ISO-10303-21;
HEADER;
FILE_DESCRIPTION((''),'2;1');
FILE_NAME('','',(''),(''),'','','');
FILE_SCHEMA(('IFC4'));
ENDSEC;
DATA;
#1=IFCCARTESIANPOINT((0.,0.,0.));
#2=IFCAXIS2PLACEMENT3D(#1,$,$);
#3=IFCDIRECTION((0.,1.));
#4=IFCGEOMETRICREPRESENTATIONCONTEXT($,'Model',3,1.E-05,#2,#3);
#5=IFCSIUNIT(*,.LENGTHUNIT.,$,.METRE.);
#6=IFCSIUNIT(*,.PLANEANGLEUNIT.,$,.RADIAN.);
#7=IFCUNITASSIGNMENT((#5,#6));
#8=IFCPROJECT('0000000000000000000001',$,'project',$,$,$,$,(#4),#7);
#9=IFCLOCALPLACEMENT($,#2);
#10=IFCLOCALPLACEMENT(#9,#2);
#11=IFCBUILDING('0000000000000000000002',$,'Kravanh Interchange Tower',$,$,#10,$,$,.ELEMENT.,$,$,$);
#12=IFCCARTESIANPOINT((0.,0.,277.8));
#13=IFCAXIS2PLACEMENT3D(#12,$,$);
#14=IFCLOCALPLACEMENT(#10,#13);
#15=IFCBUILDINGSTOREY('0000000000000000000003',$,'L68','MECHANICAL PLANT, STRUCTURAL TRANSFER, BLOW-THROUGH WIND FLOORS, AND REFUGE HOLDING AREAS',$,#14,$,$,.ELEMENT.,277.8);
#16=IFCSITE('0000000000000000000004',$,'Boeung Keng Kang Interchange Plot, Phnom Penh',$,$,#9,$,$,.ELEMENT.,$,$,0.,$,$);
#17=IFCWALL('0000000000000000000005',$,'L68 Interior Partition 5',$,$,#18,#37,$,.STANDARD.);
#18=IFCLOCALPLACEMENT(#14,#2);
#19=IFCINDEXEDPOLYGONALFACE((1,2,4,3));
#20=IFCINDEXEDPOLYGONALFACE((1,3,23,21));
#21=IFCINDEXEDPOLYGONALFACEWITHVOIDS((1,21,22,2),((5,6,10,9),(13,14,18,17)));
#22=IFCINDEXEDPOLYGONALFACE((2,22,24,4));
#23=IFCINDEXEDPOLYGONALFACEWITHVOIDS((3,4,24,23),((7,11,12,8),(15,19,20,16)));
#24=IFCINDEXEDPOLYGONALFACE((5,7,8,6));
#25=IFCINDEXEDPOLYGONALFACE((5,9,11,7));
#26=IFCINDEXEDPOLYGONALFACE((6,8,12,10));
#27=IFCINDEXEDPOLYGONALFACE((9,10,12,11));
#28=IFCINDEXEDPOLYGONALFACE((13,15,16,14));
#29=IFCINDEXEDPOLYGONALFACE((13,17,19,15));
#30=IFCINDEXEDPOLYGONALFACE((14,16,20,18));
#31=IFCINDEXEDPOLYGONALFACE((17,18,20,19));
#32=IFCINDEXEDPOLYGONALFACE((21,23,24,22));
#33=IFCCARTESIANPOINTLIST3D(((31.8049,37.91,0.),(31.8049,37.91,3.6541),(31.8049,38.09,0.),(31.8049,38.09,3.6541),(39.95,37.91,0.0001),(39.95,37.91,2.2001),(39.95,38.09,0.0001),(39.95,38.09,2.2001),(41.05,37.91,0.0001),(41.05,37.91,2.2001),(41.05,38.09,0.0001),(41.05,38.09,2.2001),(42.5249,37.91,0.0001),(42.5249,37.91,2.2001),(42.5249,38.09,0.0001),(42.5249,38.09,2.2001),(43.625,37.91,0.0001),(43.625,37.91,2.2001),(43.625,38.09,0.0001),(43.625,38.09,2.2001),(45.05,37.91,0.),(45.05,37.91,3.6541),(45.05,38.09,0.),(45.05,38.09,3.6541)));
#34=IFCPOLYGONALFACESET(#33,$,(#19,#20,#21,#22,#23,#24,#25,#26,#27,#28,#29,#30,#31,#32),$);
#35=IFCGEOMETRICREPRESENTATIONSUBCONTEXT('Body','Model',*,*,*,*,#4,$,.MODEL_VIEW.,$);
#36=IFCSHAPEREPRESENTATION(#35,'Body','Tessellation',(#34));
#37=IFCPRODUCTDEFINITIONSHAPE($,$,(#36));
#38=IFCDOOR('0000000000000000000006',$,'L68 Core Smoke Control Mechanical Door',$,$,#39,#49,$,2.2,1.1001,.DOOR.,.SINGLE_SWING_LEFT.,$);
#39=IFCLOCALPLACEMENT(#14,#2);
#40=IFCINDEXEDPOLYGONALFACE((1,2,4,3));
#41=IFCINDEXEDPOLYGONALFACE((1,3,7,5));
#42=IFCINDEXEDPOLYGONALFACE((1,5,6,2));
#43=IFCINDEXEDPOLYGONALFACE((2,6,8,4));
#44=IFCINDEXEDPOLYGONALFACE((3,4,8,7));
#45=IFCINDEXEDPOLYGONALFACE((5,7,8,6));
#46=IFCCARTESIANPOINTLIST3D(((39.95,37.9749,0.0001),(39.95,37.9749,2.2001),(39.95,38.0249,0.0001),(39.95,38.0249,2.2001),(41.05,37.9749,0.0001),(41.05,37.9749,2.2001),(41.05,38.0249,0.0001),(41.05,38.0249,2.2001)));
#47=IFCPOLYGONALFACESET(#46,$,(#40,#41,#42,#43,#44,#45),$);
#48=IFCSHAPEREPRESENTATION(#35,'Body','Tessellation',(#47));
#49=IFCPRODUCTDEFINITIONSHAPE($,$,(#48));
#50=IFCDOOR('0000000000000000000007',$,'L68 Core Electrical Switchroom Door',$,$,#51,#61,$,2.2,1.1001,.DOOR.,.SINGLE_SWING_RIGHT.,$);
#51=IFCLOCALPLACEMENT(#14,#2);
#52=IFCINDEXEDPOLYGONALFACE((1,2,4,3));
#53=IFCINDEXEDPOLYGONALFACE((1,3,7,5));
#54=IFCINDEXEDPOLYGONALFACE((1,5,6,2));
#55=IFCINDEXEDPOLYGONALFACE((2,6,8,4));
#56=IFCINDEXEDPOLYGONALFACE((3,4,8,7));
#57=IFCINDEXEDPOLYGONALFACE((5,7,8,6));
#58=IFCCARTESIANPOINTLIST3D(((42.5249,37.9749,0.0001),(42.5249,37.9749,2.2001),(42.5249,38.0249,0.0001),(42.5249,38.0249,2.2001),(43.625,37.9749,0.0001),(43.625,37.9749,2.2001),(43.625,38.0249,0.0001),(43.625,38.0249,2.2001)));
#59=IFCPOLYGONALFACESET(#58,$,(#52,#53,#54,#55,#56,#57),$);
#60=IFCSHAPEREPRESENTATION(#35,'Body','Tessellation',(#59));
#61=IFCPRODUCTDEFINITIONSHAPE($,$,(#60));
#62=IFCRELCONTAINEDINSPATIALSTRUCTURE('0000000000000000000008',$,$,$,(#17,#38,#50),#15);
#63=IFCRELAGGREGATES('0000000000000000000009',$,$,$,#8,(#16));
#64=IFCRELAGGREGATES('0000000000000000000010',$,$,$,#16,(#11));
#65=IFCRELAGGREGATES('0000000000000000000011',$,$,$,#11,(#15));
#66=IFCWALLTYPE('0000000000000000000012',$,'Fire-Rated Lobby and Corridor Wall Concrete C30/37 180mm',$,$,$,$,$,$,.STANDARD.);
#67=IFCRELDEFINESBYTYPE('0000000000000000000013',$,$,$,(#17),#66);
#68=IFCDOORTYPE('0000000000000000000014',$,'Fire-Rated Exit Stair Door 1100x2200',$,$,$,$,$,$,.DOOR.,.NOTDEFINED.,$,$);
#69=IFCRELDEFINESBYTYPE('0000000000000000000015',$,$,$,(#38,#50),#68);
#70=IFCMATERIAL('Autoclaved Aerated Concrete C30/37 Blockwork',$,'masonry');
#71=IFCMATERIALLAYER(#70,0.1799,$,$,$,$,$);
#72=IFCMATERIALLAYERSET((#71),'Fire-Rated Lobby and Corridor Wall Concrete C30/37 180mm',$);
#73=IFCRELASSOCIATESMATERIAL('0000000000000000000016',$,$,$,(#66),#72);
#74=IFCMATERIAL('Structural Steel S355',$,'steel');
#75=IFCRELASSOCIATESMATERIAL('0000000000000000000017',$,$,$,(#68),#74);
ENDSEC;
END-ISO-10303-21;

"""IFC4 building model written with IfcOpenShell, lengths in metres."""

from ifc_helpers import new_model, si_unit, direction, frame, frame_2d, origin, place, context, subcontext, project, spatial, rectangle, extrude, material, layer, layer_set, type_object, element, fill, save


model = new_model("IFC4")

# Units and contexts
model_context = context("Model", 3, precision=1e-05, world=origin(), true_north=direction((0.0, 1.0)))
body_context = subcontext(model_context, "Body", "Model", "MODEL_VIEW")
ifc_project = project(units=[si_unit("LENGTHUNIT", "METRE"), si_unit("PLANEANGLEUNIT", "RADIAN")], contexts=[model_context])

# Site, building, storey
site_placement = place(None, origin())
site = spatial("IfcSite", under=ifc_project, at=site_placement, Name="Boeung Keng Kang Interchange Plot, Phnom Penh", CompositionType="ELEMENT", RefElevation=0.0)
building_placement = place(site_placement, origin())
building = spatial("IfcBuilding", under=site, at=building_placement, Name="Kravanh Interchange Tower", CompositionType="ELEMENT")
storey_placement = place(building_placement, frame((0.0, 0.0, 277.8)))
storey = spatial("IfcBuildingStorey", under=building, at=storey_placement, Name="L68", Description="MECHANICAL PLANT, STRUCTURAL TRANSFER, BLOW-THROUGH WIND FLOORS, AND REFUGE HOLDING AREAS", CompositionType="ELEMENT", Elevation=277.8)

# Wall, openings, doors
ifc_material_1 = material(Name="Autoclaved Aerated Concrete C30/37 Blockwork", Category="masonry")
ifc_layer_1 = layer(ifc_material_1, 0.1799)
ifc_layer_set_1 = layer_set([ifc_layer_1], Name="Fire-Rated Lobby and Corridor Wall Concrete C30/37 180mm")
wall_type_1 = type_object("IfcWallType", Name="Fire-Rated Lobby and Corridor Wall Concrete C30/37 180mm", PredefinedType="STANDARD", material=ifc_layer_set_1)
wall_1_placement = place(storey_placement, frame((31.8049, 38.0, 0.0), z_axis=(0.0, 0.0, 1.0), x_axis=(1.0, 0.0, 0.0)))
wall_1 = element("IfcWall", 1, at=wall_1_placement, inside=storey, type_object=wall_type_1, Name="L68 Interior Partition 5", PredefinedType="STANDARD", context=body_context, shape_type="SweptSolid", body=[
    extrude(rectangle(XDim=13.2451, YDim=0.1799, at=frame_2d((6.6226, 0.0))), origin(), (0.0, 0.0, 1.0), 3.6541),
])
opening_1_placement = place(wall_1_placement, frame((8.145, 0.0, 0.0)))
opening_1 = element("IfcOpeningElement", 2, at=opening_1_placement, cuts=wall_1, PredefinedType="OPENING", context=body_context, shape_type="SweptSolid", body=[
    extrude(rectangle(XDim=1.1001, YDim=2.2, at=frame_2d((0.55, 1.1001))), frame((0.0, 0.1001, 0.0), z_axis=(0.0, -1.0, 0.0), x_axis=(1.0, 0.0, 0.0)), (0.0, 0.0, 1.0), 0.2),
])
opening_2_placement = place(wall_1_placement, frame((10.72, 0.0, 0.0)))
opening_2 = element("IfcOpeningElement", 3, at=opening_2_placement, cuts=wall_1, PredefinedType="OPENING", context=body_context, shape_type="SweptSolid", body=[
    extrude(rectangle(XDim=1.1001, YDim=2.2, at=frame_2d((0.55, 1.1001))), frame((0.0, 0.1001, 0.0), z_axis=(0.0, -1.0, 0.0), x_axis=(1.0, 0.0, 0.0)), (0.0, 0.0, 1.0), 0.2),
])
ifc_material_2 = material(Name="Structural Steel S355", Category="steel")
door_type_1 = type_object("IfcDoorType", Name="Fire-Rated Exit Stair Door 1100x2200", OperationType="NOTDEFINED", PredefinedType="DOOR", material=ifc_material_2)
door_1_placement = place(opening_1_placement, origin())
door_1 = element("IfcDoor", 4, at=door_1_placement, inside=storey, type_object=door_type_1, Name="L68 Core Smoke Control Mechanical Door", OperationType="SINGLE_SWING_LEFT", OverallHeight=2.2, OverallWidth=1.1001, PredefinedType="DOOR", context=body_context, shape_type="SweptSolid", body=[
    extrude(rectangle(XDim=1.1001, YDim=2.2, at=frame_2d((0.55, 1.1001))), frame((0.0, 0.0249, 0.0), z_axis=(0.0, -1.0, 0.0), x_axis=(1.0, 0.0, 0.0)), (0.0, 0.0, 1.0), 0.05),
])
fill(opening_1, door_1)
door_2_placement = place(opening_2_placement, origin())
door_2 = element("IfcDoor", 5, at=door_2_placement, inside=storey, type_object=door_type_1, Name="L68 Core Electrical Switchroom Door", OperationType="SINGLE_SWING_RIGHT", OverallHeight=2.2, OverallWidth=1.1001, PredefinedType="DOOR", context=body_context, shape_type="SweptSolid", body=[
    extrude(rectangle(XDim=1.1001, YDim=2.2, at=frame_2d((0.55, 1.1001))), frame((0.0, 0.0249, 0.0), z_axis=(0.0, -1.0, 0.0), x_axis=(1.0, 0.0, 0.0)), (0.0, 0.0, 1.0), 0.05),
])
fill(opening_2, door_2)

save(model, "model.ifc")
